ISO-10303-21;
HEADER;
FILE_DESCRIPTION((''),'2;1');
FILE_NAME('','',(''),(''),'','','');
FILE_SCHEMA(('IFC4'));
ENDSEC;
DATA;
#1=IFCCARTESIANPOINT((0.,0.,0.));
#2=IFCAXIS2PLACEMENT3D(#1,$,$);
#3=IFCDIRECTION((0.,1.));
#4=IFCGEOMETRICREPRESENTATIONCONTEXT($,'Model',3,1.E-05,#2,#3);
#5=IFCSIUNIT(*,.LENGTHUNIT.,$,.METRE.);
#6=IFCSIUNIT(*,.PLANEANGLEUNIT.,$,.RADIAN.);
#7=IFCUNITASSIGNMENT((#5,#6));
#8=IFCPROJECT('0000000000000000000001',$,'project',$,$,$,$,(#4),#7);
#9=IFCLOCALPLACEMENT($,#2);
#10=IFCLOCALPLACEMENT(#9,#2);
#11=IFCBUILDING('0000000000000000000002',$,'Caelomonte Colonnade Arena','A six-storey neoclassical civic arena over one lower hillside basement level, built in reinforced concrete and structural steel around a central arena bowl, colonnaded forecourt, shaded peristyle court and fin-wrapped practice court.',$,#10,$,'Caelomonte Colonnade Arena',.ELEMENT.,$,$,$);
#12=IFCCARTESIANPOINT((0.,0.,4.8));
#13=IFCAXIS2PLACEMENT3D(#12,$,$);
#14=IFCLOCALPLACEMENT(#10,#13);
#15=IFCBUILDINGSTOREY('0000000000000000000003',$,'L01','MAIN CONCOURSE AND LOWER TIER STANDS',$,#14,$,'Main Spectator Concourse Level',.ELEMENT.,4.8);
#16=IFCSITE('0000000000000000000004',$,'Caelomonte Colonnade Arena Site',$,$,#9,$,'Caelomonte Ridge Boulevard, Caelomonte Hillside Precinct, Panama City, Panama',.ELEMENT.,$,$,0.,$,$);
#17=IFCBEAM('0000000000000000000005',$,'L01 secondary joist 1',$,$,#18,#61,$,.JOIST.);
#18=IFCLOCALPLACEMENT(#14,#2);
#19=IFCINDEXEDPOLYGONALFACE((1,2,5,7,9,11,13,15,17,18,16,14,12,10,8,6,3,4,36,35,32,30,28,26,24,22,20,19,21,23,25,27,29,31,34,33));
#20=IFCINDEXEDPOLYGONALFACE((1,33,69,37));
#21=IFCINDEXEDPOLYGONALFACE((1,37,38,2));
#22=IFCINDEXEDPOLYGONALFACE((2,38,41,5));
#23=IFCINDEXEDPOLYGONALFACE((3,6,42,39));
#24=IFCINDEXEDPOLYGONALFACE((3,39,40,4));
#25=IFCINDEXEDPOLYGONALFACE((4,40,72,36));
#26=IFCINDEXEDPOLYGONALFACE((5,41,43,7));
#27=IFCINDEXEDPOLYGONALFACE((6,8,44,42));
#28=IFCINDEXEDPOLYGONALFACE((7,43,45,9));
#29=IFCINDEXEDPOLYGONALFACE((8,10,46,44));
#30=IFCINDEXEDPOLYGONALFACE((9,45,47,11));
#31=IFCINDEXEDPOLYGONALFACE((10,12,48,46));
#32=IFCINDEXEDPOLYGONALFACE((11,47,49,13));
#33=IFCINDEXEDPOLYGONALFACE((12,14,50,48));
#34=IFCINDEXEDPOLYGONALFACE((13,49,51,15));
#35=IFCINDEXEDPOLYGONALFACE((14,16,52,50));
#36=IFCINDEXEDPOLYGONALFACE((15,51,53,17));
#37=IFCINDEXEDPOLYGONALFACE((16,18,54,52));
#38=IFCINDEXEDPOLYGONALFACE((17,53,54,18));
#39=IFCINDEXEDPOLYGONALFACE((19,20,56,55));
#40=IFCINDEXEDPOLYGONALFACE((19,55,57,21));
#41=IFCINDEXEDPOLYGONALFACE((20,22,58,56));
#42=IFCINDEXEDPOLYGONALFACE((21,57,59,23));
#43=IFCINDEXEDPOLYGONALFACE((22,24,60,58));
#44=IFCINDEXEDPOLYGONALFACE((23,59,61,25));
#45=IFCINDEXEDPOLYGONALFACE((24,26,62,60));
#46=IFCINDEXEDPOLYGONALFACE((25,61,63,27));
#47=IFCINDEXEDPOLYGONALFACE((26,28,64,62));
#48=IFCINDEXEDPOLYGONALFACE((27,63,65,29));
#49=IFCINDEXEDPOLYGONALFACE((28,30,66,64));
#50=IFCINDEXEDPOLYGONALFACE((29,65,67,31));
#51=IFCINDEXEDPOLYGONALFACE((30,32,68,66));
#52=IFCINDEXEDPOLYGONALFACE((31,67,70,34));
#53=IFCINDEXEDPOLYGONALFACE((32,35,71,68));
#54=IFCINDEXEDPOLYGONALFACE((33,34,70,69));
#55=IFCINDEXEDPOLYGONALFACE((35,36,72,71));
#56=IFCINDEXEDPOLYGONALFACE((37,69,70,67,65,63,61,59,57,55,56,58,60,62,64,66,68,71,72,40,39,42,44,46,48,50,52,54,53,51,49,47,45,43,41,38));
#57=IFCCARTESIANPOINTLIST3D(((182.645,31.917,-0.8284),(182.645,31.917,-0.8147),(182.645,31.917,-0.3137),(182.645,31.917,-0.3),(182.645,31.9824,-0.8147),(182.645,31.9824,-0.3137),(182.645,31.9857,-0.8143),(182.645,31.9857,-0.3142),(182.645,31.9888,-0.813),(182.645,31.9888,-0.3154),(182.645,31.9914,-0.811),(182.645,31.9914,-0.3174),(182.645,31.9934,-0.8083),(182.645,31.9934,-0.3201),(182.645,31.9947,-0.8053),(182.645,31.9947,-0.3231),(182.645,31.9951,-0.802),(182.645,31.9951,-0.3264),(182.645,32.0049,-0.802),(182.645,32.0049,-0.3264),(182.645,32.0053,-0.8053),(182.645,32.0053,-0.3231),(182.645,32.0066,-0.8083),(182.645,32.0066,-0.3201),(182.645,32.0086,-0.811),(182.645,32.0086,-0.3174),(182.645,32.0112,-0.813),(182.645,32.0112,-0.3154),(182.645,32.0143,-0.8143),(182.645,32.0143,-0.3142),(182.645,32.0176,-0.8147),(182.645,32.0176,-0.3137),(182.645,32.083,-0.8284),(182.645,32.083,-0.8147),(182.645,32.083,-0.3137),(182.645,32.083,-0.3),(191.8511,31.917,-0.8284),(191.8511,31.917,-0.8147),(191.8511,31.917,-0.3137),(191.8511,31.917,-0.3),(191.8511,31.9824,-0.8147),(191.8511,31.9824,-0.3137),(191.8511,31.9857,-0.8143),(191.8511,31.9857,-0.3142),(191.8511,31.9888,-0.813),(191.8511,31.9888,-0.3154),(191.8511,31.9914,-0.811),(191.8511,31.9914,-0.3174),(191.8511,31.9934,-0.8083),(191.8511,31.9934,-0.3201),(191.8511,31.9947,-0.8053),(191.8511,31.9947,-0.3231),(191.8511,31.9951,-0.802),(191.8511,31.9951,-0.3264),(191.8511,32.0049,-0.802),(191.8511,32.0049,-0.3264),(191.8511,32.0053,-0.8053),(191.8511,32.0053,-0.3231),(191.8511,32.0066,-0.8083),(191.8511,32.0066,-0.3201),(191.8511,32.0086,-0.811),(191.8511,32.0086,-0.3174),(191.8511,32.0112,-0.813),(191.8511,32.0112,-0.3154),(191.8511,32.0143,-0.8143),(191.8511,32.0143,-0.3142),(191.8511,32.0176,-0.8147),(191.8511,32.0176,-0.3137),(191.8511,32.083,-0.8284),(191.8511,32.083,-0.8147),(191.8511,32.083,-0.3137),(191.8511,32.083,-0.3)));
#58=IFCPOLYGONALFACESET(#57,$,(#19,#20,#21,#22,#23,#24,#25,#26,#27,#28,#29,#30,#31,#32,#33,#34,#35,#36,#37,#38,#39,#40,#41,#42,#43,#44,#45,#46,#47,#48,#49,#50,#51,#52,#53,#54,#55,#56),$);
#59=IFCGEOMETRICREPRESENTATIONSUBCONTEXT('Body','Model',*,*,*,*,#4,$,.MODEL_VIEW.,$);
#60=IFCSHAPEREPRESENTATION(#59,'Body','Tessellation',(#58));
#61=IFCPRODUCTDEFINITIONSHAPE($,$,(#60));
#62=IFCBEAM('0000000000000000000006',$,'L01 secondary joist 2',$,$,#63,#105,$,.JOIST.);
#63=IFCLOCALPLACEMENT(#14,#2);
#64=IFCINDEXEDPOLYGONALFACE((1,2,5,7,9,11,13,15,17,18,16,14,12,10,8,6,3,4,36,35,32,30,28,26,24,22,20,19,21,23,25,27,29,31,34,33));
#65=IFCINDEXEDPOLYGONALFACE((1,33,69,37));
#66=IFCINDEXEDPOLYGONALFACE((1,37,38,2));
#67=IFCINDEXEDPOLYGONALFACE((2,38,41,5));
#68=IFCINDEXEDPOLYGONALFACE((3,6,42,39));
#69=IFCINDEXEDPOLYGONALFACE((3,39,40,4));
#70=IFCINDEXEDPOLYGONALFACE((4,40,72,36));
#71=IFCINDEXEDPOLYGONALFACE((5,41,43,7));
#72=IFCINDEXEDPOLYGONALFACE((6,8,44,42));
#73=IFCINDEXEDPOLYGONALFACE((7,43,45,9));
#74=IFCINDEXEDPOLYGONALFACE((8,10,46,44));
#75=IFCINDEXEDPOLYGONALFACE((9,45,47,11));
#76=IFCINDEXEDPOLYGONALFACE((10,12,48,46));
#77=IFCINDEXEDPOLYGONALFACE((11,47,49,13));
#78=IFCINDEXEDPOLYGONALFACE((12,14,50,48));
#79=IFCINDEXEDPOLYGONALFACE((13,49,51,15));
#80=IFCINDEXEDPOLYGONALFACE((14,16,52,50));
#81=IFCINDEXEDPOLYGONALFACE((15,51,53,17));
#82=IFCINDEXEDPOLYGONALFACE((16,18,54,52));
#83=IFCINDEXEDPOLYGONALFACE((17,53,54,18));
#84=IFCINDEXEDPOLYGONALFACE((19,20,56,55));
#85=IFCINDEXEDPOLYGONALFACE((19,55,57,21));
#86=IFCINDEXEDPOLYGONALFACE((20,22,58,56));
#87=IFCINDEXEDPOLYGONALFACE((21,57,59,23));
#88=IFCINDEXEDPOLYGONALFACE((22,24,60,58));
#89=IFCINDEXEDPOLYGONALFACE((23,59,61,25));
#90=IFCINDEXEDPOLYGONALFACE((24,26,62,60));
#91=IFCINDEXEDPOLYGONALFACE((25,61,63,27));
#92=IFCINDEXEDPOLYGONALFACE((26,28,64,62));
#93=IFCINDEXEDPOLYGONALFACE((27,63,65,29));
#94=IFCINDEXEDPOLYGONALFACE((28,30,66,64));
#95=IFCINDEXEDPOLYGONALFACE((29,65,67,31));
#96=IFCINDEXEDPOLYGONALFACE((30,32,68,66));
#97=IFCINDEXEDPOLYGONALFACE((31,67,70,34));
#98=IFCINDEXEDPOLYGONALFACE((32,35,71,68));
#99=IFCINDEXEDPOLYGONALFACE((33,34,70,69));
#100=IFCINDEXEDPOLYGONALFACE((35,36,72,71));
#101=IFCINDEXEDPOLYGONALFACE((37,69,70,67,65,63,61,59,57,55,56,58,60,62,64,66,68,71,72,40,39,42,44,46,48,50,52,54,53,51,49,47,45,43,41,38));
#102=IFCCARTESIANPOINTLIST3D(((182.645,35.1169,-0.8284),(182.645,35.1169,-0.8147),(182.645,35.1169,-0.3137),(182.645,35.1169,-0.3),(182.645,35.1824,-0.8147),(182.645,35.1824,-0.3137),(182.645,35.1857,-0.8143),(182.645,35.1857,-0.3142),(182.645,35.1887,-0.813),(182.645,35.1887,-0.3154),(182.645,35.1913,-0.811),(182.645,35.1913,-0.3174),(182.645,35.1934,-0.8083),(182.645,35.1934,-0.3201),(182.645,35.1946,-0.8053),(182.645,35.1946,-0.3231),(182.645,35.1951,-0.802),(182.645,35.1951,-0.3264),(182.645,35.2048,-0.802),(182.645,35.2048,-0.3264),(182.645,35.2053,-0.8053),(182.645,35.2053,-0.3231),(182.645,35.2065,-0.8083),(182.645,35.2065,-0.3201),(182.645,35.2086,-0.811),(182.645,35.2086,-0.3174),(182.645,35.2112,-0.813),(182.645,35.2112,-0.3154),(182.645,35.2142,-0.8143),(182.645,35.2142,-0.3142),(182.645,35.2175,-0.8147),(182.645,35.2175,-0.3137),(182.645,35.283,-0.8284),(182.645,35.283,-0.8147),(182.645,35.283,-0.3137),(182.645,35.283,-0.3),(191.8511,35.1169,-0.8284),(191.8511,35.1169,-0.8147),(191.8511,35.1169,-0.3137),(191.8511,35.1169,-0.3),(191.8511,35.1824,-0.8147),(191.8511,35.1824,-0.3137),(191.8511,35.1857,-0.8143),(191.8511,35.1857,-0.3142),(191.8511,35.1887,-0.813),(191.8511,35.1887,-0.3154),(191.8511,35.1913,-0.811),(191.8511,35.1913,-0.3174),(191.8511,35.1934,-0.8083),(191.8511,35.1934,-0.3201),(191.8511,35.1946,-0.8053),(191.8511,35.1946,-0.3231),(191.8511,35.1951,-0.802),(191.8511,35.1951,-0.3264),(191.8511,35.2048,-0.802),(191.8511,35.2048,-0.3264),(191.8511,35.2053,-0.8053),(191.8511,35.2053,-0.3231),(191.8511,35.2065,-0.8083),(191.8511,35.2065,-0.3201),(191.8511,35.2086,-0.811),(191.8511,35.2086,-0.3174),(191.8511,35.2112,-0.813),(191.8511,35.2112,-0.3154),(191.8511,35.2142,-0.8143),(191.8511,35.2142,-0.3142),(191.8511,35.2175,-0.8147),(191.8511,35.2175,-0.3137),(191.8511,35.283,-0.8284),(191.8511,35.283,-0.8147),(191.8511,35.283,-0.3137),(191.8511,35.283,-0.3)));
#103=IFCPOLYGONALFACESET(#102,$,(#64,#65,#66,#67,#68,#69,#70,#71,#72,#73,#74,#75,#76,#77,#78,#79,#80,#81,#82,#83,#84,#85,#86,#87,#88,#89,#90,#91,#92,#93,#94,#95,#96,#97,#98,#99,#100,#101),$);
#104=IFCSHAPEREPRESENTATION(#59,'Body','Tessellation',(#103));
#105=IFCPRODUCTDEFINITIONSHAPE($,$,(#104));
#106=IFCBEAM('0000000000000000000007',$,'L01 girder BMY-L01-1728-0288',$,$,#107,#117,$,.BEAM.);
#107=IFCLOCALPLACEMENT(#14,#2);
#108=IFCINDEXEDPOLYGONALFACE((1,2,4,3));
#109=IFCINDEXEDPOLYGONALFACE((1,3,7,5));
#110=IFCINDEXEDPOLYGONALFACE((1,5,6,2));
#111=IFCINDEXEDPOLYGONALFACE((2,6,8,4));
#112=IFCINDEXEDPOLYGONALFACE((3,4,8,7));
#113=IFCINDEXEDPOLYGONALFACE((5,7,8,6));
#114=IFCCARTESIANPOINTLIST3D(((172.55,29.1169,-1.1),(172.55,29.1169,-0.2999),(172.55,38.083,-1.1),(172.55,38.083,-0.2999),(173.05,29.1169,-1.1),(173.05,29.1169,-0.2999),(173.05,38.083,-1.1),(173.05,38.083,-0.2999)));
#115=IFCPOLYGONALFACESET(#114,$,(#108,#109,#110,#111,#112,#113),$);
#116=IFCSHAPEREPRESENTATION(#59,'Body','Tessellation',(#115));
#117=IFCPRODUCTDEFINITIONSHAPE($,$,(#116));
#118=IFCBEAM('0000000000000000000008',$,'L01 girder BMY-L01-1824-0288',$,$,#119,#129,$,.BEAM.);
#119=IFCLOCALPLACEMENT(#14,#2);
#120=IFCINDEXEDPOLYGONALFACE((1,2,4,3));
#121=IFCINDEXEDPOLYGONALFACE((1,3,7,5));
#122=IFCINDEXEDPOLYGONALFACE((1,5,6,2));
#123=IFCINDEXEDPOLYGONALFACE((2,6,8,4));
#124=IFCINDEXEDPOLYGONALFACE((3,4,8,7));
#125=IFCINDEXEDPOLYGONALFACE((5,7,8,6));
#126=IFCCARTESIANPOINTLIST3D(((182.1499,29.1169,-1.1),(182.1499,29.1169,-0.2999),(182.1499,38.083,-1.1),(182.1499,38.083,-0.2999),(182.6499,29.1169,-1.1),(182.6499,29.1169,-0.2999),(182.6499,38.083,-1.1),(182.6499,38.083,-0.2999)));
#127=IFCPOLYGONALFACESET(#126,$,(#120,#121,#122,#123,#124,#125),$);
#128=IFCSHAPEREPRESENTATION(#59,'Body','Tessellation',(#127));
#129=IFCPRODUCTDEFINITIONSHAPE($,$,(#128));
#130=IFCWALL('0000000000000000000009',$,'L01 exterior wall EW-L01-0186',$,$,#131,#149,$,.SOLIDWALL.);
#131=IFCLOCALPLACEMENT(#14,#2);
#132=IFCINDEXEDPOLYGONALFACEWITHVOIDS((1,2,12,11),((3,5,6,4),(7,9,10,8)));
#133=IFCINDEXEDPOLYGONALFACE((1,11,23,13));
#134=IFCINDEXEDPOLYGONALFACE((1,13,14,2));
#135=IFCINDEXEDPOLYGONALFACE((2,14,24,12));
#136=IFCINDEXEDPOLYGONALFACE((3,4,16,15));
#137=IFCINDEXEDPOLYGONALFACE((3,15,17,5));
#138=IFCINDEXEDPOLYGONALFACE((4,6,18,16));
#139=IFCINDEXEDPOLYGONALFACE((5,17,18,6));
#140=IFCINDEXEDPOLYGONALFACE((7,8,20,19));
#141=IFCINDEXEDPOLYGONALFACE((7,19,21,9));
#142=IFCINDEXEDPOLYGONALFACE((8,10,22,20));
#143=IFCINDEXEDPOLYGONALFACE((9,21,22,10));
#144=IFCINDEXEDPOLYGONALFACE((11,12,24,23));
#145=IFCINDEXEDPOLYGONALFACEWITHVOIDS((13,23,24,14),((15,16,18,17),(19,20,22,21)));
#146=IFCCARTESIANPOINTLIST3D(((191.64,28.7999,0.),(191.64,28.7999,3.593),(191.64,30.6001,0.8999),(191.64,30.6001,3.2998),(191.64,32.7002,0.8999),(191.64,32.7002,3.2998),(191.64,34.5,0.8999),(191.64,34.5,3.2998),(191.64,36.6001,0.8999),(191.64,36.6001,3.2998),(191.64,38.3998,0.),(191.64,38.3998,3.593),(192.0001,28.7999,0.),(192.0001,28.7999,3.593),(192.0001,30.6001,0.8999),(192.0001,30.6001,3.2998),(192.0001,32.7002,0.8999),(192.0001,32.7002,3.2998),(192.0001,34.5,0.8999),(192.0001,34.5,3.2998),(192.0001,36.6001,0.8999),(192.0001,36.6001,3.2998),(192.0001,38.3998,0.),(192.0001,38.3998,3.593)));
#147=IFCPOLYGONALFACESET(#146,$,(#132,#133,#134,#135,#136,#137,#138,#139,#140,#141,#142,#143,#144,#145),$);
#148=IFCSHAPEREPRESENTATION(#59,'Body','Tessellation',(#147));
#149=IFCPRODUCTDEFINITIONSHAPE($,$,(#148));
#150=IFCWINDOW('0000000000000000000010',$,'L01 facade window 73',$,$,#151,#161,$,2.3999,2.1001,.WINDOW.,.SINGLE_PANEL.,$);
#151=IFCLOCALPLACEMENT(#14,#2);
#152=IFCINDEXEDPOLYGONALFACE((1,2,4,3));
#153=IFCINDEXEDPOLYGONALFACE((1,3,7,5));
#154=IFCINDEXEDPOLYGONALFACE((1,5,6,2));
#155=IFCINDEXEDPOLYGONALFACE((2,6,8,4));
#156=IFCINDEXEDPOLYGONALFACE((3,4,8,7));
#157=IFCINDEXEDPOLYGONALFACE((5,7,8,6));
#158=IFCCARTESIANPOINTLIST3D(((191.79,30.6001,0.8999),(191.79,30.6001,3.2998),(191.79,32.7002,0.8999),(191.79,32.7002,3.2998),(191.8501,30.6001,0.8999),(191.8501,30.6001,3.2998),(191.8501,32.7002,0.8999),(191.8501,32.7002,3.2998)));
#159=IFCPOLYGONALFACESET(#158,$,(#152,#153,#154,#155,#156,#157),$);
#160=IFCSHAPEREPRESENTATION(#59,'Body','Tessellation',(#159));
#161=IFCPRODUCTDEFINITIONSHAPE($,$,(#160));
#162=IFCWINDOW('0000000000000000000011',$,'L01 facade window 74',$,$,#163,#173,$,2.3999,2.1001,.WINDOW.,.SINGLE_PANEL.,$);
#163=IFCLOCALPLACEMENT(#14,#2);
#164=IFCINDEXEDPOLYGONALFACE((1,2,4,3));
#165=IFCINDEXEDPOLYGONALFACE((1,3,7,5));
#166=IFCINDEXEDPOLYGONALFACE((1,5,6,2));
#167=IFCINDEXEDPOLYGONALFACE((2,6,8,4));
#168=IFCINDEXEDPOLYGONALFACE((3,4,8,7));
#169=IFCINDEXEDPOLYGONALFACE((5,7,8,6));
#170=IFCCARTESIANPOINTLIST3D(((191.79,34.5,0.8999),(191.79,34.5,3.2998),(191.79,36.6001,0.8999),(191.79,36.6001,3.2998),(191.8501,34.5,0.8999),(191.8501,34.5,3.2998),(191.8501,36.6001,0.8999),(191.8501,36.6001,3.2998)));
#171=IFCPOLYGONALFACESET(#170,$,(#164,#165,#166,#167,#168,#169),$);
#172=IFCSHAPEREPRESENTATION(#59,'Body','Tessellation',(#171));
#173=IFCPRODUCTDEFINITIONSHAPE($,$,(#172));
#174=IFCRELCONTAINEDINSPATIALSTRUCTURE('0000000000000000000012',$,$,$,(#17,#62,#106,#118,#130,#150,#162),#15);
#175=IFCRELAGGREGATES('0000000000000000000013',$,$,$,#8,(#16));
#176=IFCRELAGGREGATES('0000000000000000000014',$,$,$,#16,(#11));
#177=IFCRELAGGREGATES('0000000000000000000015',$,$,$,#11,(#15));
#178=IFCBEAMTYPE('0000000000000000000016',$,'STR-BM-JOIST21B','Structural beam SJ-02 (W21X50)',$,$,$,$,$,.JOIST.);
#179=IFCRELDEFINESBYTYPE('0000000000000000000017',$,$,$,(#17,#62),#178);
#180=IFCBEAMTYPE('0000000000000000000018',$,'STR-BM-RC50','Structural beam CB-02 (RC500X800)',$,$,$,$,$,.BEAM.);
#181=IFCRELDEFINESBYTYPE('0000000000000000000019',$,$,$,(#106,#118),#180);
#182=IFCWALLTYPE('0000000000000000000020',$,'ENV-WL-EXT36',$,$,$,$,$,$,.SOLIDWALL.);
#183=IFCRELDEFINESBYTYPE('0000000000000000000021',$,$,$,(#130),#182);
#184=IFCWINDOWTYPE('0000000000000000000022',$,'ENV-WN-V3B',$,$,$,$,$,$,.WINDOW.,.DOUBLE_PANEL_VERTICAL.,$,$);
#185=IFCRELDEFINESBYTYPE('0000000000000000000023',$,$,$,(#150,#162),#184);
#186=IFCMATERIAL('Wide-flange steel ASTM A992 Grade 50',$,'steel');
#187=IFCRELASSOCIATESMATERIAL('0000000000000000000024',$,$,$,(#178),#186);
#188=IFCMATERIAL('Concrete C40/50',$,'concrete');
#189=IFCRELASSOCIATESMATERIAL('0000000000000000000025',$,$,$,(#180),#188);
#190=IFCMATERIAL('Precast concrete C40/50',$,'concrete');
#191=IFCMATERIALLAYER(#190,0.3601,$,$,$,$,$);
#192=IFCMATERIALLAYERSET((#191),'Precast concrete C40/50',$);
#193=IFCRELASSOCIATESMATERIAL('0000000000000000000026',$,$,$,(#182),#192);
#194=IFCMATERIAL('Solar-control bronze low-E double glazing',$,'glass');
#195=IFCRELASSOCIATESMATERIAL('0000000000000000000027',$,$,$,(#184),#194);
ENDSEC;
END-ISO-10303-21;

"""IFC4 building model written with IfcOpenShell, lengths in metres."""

from ifc_helpers import new_model, si_unit, direction, frame, frame_2d, origin, origin_2d, place, context, subcontext, project, spatial, rectangle, i_section, extrude, material, layer, layer_set, material_profile, profile_set, type_object, element, fill, save


model = new_model("IFC4")

# Units and contexts
model_context = context("Model", 3, precision=1e-05, world=origin(), true_north=direction((0.0, 1.0)))
body_context = subcontext(model_context, "Body", "Model", "MODEL_VIEW")
ifc_project = project(units=[si_unit("LENGTHUNIT", "METRE"), si_unit("PLANEANGLEUNIT", "RADIAN")], contexts=[model_context])

# Site, building, storey
site_placement = place(None, origin())
site = spatial("IfcSite", under=ifc_project, at=site_placement, Name="Caelomonte Colonnade Arena Site", LongName="Caelomonte Ridge Boulevard, Caelomonte Hillside Precinct, Panama City, Panama", CompositionType="ELEMENT", RefElevation=0.0)
building_placement = place(site_placement, origin())
building = spatial("IfcBuilding", under=site, at=building_placement, Name="Caelomonte Colonnade Arena", Description="A six-storey neoclassical civic arena over one lower hillside basement level, built in reinforced concrete and structural steel around a central arena bowl, colonnaded forecourt, shaded peristyle court and fin-wrapped practice court.", LongName="Caelomonte Colonnade Arena", CompositionType="ELEMENT")
storey_placement = place(building_placement, frame((0.0, 0.0, 4.8)))
storey = spatial("IfcBuildingStorey", under=building, at=storey_placement, Name="L01", Description="MAIN CONCOURSE AND LOWER TIER STANDS", LongName="Main Spectator Concourse Level", CompositionType="ELEMENT", Elevation=4.8)

# Shared definitions
ifc_material_1 = material(Name="Concrete C40/50", Category="concrete")

# Beams
ifc_material_2 = material(Name="Wide-flange steel ASTM A992 Grade 50", Category="steel")
ifc_material_profile_1 = material_profile(ifc_material_2, i_section(OverallWidth=0.166, OverallDepth=0.5283, WebThickness=0.0098, FlangeThickness=0.0137, FilletRadius=0.0127, at=origin_2d()), Name="W21X50")
ifc_profile_set_1 = profile_set([ifc_material_profile_1], Name="Wide-flange steel ASTM A992 Grade 50")
beam_type_1 = type_object("IfcBeamType", Name="STR-BM-JOIST21B", Description="Structural beam SJ-02 (W21X50)", PredefinedType="JOIST", material=ifc_profile_set_1)
for number, where, z_axis, x_axis, name in (
    (1, (182.645, 32.0, -0.5642), (1.0, 0.0, 0.0), (0.0, 1.0, 0.0), "L01 secondary joist 1"),
    (2, (182.645, 35.2, -0.5642), (1.0, 0.0, 0.0), (0.0, 1.0, 0.0), "L01 secondary joist 2"),
):
    element("IfcBeam", number, at=place(storey_placement, frame(where, z_axis=z_axis, x_axis=x_axis)), inside=storey, type_object=beam_type_1, Name=name, PredefinedType="JOIST", context=body_context, shape_type="SweptSolid", body=[
        extrude(i_section(OverallWidth=0.166, OverallDepth=0.5283, WebThickness=0.0098, FlangeThickness=0.0137, FilletRadius=0.0127, at=origin_2d()), origin(), (0.0, 0.0, 1.0), 9.2061),
    ])
ifc_material_profile_2 = material_profile(ifc_material_1, rectangle(XDim=0.5, YDim=0.8, at=origin_2d()), Name="RC500X800")
ifc_profile_set_2 = profile_set([ifc_material_profile_2], Name="Concrete C40/50")
beam_type_2 = type_object("IfcBeamType", Name="STR-BM-RC50", Description="Structural beam CB-02 (RC500X800)", PredefinedType="BEAM", material=ifc_profile_set_2)
for number, where, z_axis, x_axis, name in (
    (3, (172.8, 29.1169, -0.7), (0.0, 1.0, 0.0), (-1.0, 0.0, 0.0), "L01 girder BMY-L01-1728-0288"),
    (4, (182.3999, 29.1169, -0.7), (0.0, 1.0, 0.0), (-1.0, 0.0, 0.0), "L01 girder BMY-L01-1824-0288"),
):
    element("IfcBeam", number, at=place(storey_placement, frame(where, z_axis=z_axis, x_axis=x_axis)), inside=storey, type_object=beam_type_2, Name=name, PredefinedType="BEAM", context=body_context, shape_type="SweptSolid", body=[
        extrude(rectangle(XDim=0.5, YDim=0.8, at=origin_2d()), origin(), (0.0, 0.0, 1.0), 8.9661),
    ])

# Wall, openings, windows
ifc_material_3 = material(Name="Precast concrete C40/50", Category="concrete")
ifc_layer_1 = layer(ifc_material_3, 0.3601)
ifc_layer_set_1 = layer_set([ifc_layer_1], Name="Precast concrete C40/50")
wall_type_1 = type_object("IfcWallType", Name="ENV-WL-EXT36", PredefinedType="SOLIDWALL", material=ifc_layer_set_1)
wall_1_placement = place(storey_placement, frame((191.8201, 28.8, 0.0), z_axis=(0.0, 0.0, 1.0), x_axis=(0.0, 1.0, 0.0)))
wall_1 = element("IfcWall", 5, at=wall_1_placement, inside=storey, type_object=wall_type_1, Name="L01 exterior wall EW-L01-0186", PredefinedType="SOLIDWALL", context=body_context, shape_type="SweptSolid", body=[
    extrude(rectangle(XDim=9.5999, YDim=0.3601, at=frame_2d((4.7998, 0.0))), origin(), (0.0, 0.0, 1.0), 3.593),
])
opening_1_placement = place(wall_1_placement, frame((3.9001, 0.0, 0.8999), z_axis=(0.0, 0.0, 1.0), x_axis=(-1.0, 0.0, 0.0)))
opening_1 = element("IfcOpeningElement", 6, at=opening_1_placement, cuts=wall_1, PredefinedType="OPENING", context=body_context, shape_type="SweptSolid", body=[
    extrude(rectangle(XDim=2.1001, YDim=2.3999, at=frame_2d((1.05, 1.2))), frame((0.0, 0.1899, 0.0), z_axis=(0.0, -1.0, 0.0), x_axis=(1.0, 0.0, 0.0)), (0.0, 0.0, 1.0), 0.3801),
])
opening_2_placement = place(wall_1_placement, frame((7.8, 0.0, 0.8999), z_axis=(0.0, 0.0, 1.0), x_axis=(-1.0, 0.0, 0.0)))
opening_2 = element("IfcOpeningElement", 7, at=opening_2_placement, cuts=wall_1, PredefinedType="OPENING", context=body_context, shape_type="SweptSolid", body=[
    extrude(rectangle(XDim=2.1001, YDim=2.3999, at=frame_2d((1.05, 1.2))), frame((0.0, 0.1899, 0.0), z_axis=(0.0, -1.0, 0.0), x_axis=(1.0, 0.0, 0.0)), (0.0, 0.0, 1.0), 0.3801),
])
ifc_material_4 = material(Name="Solar-control bronze low-E double glazing", Category="glass")
window_type = type_object("IfcWindowType", Name="ENV-WN-V3B", PartitioningType="DOUBLE_PANEL_VERTICAL", PredefinedType="WINDOW", material=ifc_material_4)
window_1_placement = place(opening_1_placement, origin())
window_1 = element("IfcWindow", 8, at=window_1_placement, inside=storey, type_object=window_type, Name="L01 facade window 73", OverallHeight=2.3999, OverallWidth=2.1001, PartitioningType="SINGLE_PANEL", PredefinedType="WINDOW", context=body_context, shape_type="SweptSolid", body=[
    extrude(rectangle(XDim=2.1001, YDim=2.3999, at=frame_2d((1.05, 1.2))), frame((0.0, 0.03, 0.0), z_axis=(0.0, -1.0, 0.0), x_axis=(1.0, 0.0, 0.0)), (0.0, 0.0, 1.0), 0.0601),
])
fill(opening_1, window_1)
window_2_placement = place(opening_2_placement, origin())
window_2 = element("IfcWindow", 9, at=window_2_placement, inside=storey, type_object=window_type, Name="L01 facade window 74", OverallHeight=2.3999, OverallWidth=2.1001, PartitioningType="SINGLE_PANEL", PredefinedType="WINDOW", context=body_context, shape_type="SweptSolid", body=[
    extrude(rectangle(XDim=2.1001, YDim=2.3999, at=frame_2d((1.05, 1.2))), frame((0.0, 0.03, 0.0), z_axis=(0.0, -1.0, 0.0), x_axis=(1.0, 0.0, 0.0)), (0.0, 0.0, 1.0), 0.0601),
])
fill(opening_2, window_2)

save(model, "model.ifc")
